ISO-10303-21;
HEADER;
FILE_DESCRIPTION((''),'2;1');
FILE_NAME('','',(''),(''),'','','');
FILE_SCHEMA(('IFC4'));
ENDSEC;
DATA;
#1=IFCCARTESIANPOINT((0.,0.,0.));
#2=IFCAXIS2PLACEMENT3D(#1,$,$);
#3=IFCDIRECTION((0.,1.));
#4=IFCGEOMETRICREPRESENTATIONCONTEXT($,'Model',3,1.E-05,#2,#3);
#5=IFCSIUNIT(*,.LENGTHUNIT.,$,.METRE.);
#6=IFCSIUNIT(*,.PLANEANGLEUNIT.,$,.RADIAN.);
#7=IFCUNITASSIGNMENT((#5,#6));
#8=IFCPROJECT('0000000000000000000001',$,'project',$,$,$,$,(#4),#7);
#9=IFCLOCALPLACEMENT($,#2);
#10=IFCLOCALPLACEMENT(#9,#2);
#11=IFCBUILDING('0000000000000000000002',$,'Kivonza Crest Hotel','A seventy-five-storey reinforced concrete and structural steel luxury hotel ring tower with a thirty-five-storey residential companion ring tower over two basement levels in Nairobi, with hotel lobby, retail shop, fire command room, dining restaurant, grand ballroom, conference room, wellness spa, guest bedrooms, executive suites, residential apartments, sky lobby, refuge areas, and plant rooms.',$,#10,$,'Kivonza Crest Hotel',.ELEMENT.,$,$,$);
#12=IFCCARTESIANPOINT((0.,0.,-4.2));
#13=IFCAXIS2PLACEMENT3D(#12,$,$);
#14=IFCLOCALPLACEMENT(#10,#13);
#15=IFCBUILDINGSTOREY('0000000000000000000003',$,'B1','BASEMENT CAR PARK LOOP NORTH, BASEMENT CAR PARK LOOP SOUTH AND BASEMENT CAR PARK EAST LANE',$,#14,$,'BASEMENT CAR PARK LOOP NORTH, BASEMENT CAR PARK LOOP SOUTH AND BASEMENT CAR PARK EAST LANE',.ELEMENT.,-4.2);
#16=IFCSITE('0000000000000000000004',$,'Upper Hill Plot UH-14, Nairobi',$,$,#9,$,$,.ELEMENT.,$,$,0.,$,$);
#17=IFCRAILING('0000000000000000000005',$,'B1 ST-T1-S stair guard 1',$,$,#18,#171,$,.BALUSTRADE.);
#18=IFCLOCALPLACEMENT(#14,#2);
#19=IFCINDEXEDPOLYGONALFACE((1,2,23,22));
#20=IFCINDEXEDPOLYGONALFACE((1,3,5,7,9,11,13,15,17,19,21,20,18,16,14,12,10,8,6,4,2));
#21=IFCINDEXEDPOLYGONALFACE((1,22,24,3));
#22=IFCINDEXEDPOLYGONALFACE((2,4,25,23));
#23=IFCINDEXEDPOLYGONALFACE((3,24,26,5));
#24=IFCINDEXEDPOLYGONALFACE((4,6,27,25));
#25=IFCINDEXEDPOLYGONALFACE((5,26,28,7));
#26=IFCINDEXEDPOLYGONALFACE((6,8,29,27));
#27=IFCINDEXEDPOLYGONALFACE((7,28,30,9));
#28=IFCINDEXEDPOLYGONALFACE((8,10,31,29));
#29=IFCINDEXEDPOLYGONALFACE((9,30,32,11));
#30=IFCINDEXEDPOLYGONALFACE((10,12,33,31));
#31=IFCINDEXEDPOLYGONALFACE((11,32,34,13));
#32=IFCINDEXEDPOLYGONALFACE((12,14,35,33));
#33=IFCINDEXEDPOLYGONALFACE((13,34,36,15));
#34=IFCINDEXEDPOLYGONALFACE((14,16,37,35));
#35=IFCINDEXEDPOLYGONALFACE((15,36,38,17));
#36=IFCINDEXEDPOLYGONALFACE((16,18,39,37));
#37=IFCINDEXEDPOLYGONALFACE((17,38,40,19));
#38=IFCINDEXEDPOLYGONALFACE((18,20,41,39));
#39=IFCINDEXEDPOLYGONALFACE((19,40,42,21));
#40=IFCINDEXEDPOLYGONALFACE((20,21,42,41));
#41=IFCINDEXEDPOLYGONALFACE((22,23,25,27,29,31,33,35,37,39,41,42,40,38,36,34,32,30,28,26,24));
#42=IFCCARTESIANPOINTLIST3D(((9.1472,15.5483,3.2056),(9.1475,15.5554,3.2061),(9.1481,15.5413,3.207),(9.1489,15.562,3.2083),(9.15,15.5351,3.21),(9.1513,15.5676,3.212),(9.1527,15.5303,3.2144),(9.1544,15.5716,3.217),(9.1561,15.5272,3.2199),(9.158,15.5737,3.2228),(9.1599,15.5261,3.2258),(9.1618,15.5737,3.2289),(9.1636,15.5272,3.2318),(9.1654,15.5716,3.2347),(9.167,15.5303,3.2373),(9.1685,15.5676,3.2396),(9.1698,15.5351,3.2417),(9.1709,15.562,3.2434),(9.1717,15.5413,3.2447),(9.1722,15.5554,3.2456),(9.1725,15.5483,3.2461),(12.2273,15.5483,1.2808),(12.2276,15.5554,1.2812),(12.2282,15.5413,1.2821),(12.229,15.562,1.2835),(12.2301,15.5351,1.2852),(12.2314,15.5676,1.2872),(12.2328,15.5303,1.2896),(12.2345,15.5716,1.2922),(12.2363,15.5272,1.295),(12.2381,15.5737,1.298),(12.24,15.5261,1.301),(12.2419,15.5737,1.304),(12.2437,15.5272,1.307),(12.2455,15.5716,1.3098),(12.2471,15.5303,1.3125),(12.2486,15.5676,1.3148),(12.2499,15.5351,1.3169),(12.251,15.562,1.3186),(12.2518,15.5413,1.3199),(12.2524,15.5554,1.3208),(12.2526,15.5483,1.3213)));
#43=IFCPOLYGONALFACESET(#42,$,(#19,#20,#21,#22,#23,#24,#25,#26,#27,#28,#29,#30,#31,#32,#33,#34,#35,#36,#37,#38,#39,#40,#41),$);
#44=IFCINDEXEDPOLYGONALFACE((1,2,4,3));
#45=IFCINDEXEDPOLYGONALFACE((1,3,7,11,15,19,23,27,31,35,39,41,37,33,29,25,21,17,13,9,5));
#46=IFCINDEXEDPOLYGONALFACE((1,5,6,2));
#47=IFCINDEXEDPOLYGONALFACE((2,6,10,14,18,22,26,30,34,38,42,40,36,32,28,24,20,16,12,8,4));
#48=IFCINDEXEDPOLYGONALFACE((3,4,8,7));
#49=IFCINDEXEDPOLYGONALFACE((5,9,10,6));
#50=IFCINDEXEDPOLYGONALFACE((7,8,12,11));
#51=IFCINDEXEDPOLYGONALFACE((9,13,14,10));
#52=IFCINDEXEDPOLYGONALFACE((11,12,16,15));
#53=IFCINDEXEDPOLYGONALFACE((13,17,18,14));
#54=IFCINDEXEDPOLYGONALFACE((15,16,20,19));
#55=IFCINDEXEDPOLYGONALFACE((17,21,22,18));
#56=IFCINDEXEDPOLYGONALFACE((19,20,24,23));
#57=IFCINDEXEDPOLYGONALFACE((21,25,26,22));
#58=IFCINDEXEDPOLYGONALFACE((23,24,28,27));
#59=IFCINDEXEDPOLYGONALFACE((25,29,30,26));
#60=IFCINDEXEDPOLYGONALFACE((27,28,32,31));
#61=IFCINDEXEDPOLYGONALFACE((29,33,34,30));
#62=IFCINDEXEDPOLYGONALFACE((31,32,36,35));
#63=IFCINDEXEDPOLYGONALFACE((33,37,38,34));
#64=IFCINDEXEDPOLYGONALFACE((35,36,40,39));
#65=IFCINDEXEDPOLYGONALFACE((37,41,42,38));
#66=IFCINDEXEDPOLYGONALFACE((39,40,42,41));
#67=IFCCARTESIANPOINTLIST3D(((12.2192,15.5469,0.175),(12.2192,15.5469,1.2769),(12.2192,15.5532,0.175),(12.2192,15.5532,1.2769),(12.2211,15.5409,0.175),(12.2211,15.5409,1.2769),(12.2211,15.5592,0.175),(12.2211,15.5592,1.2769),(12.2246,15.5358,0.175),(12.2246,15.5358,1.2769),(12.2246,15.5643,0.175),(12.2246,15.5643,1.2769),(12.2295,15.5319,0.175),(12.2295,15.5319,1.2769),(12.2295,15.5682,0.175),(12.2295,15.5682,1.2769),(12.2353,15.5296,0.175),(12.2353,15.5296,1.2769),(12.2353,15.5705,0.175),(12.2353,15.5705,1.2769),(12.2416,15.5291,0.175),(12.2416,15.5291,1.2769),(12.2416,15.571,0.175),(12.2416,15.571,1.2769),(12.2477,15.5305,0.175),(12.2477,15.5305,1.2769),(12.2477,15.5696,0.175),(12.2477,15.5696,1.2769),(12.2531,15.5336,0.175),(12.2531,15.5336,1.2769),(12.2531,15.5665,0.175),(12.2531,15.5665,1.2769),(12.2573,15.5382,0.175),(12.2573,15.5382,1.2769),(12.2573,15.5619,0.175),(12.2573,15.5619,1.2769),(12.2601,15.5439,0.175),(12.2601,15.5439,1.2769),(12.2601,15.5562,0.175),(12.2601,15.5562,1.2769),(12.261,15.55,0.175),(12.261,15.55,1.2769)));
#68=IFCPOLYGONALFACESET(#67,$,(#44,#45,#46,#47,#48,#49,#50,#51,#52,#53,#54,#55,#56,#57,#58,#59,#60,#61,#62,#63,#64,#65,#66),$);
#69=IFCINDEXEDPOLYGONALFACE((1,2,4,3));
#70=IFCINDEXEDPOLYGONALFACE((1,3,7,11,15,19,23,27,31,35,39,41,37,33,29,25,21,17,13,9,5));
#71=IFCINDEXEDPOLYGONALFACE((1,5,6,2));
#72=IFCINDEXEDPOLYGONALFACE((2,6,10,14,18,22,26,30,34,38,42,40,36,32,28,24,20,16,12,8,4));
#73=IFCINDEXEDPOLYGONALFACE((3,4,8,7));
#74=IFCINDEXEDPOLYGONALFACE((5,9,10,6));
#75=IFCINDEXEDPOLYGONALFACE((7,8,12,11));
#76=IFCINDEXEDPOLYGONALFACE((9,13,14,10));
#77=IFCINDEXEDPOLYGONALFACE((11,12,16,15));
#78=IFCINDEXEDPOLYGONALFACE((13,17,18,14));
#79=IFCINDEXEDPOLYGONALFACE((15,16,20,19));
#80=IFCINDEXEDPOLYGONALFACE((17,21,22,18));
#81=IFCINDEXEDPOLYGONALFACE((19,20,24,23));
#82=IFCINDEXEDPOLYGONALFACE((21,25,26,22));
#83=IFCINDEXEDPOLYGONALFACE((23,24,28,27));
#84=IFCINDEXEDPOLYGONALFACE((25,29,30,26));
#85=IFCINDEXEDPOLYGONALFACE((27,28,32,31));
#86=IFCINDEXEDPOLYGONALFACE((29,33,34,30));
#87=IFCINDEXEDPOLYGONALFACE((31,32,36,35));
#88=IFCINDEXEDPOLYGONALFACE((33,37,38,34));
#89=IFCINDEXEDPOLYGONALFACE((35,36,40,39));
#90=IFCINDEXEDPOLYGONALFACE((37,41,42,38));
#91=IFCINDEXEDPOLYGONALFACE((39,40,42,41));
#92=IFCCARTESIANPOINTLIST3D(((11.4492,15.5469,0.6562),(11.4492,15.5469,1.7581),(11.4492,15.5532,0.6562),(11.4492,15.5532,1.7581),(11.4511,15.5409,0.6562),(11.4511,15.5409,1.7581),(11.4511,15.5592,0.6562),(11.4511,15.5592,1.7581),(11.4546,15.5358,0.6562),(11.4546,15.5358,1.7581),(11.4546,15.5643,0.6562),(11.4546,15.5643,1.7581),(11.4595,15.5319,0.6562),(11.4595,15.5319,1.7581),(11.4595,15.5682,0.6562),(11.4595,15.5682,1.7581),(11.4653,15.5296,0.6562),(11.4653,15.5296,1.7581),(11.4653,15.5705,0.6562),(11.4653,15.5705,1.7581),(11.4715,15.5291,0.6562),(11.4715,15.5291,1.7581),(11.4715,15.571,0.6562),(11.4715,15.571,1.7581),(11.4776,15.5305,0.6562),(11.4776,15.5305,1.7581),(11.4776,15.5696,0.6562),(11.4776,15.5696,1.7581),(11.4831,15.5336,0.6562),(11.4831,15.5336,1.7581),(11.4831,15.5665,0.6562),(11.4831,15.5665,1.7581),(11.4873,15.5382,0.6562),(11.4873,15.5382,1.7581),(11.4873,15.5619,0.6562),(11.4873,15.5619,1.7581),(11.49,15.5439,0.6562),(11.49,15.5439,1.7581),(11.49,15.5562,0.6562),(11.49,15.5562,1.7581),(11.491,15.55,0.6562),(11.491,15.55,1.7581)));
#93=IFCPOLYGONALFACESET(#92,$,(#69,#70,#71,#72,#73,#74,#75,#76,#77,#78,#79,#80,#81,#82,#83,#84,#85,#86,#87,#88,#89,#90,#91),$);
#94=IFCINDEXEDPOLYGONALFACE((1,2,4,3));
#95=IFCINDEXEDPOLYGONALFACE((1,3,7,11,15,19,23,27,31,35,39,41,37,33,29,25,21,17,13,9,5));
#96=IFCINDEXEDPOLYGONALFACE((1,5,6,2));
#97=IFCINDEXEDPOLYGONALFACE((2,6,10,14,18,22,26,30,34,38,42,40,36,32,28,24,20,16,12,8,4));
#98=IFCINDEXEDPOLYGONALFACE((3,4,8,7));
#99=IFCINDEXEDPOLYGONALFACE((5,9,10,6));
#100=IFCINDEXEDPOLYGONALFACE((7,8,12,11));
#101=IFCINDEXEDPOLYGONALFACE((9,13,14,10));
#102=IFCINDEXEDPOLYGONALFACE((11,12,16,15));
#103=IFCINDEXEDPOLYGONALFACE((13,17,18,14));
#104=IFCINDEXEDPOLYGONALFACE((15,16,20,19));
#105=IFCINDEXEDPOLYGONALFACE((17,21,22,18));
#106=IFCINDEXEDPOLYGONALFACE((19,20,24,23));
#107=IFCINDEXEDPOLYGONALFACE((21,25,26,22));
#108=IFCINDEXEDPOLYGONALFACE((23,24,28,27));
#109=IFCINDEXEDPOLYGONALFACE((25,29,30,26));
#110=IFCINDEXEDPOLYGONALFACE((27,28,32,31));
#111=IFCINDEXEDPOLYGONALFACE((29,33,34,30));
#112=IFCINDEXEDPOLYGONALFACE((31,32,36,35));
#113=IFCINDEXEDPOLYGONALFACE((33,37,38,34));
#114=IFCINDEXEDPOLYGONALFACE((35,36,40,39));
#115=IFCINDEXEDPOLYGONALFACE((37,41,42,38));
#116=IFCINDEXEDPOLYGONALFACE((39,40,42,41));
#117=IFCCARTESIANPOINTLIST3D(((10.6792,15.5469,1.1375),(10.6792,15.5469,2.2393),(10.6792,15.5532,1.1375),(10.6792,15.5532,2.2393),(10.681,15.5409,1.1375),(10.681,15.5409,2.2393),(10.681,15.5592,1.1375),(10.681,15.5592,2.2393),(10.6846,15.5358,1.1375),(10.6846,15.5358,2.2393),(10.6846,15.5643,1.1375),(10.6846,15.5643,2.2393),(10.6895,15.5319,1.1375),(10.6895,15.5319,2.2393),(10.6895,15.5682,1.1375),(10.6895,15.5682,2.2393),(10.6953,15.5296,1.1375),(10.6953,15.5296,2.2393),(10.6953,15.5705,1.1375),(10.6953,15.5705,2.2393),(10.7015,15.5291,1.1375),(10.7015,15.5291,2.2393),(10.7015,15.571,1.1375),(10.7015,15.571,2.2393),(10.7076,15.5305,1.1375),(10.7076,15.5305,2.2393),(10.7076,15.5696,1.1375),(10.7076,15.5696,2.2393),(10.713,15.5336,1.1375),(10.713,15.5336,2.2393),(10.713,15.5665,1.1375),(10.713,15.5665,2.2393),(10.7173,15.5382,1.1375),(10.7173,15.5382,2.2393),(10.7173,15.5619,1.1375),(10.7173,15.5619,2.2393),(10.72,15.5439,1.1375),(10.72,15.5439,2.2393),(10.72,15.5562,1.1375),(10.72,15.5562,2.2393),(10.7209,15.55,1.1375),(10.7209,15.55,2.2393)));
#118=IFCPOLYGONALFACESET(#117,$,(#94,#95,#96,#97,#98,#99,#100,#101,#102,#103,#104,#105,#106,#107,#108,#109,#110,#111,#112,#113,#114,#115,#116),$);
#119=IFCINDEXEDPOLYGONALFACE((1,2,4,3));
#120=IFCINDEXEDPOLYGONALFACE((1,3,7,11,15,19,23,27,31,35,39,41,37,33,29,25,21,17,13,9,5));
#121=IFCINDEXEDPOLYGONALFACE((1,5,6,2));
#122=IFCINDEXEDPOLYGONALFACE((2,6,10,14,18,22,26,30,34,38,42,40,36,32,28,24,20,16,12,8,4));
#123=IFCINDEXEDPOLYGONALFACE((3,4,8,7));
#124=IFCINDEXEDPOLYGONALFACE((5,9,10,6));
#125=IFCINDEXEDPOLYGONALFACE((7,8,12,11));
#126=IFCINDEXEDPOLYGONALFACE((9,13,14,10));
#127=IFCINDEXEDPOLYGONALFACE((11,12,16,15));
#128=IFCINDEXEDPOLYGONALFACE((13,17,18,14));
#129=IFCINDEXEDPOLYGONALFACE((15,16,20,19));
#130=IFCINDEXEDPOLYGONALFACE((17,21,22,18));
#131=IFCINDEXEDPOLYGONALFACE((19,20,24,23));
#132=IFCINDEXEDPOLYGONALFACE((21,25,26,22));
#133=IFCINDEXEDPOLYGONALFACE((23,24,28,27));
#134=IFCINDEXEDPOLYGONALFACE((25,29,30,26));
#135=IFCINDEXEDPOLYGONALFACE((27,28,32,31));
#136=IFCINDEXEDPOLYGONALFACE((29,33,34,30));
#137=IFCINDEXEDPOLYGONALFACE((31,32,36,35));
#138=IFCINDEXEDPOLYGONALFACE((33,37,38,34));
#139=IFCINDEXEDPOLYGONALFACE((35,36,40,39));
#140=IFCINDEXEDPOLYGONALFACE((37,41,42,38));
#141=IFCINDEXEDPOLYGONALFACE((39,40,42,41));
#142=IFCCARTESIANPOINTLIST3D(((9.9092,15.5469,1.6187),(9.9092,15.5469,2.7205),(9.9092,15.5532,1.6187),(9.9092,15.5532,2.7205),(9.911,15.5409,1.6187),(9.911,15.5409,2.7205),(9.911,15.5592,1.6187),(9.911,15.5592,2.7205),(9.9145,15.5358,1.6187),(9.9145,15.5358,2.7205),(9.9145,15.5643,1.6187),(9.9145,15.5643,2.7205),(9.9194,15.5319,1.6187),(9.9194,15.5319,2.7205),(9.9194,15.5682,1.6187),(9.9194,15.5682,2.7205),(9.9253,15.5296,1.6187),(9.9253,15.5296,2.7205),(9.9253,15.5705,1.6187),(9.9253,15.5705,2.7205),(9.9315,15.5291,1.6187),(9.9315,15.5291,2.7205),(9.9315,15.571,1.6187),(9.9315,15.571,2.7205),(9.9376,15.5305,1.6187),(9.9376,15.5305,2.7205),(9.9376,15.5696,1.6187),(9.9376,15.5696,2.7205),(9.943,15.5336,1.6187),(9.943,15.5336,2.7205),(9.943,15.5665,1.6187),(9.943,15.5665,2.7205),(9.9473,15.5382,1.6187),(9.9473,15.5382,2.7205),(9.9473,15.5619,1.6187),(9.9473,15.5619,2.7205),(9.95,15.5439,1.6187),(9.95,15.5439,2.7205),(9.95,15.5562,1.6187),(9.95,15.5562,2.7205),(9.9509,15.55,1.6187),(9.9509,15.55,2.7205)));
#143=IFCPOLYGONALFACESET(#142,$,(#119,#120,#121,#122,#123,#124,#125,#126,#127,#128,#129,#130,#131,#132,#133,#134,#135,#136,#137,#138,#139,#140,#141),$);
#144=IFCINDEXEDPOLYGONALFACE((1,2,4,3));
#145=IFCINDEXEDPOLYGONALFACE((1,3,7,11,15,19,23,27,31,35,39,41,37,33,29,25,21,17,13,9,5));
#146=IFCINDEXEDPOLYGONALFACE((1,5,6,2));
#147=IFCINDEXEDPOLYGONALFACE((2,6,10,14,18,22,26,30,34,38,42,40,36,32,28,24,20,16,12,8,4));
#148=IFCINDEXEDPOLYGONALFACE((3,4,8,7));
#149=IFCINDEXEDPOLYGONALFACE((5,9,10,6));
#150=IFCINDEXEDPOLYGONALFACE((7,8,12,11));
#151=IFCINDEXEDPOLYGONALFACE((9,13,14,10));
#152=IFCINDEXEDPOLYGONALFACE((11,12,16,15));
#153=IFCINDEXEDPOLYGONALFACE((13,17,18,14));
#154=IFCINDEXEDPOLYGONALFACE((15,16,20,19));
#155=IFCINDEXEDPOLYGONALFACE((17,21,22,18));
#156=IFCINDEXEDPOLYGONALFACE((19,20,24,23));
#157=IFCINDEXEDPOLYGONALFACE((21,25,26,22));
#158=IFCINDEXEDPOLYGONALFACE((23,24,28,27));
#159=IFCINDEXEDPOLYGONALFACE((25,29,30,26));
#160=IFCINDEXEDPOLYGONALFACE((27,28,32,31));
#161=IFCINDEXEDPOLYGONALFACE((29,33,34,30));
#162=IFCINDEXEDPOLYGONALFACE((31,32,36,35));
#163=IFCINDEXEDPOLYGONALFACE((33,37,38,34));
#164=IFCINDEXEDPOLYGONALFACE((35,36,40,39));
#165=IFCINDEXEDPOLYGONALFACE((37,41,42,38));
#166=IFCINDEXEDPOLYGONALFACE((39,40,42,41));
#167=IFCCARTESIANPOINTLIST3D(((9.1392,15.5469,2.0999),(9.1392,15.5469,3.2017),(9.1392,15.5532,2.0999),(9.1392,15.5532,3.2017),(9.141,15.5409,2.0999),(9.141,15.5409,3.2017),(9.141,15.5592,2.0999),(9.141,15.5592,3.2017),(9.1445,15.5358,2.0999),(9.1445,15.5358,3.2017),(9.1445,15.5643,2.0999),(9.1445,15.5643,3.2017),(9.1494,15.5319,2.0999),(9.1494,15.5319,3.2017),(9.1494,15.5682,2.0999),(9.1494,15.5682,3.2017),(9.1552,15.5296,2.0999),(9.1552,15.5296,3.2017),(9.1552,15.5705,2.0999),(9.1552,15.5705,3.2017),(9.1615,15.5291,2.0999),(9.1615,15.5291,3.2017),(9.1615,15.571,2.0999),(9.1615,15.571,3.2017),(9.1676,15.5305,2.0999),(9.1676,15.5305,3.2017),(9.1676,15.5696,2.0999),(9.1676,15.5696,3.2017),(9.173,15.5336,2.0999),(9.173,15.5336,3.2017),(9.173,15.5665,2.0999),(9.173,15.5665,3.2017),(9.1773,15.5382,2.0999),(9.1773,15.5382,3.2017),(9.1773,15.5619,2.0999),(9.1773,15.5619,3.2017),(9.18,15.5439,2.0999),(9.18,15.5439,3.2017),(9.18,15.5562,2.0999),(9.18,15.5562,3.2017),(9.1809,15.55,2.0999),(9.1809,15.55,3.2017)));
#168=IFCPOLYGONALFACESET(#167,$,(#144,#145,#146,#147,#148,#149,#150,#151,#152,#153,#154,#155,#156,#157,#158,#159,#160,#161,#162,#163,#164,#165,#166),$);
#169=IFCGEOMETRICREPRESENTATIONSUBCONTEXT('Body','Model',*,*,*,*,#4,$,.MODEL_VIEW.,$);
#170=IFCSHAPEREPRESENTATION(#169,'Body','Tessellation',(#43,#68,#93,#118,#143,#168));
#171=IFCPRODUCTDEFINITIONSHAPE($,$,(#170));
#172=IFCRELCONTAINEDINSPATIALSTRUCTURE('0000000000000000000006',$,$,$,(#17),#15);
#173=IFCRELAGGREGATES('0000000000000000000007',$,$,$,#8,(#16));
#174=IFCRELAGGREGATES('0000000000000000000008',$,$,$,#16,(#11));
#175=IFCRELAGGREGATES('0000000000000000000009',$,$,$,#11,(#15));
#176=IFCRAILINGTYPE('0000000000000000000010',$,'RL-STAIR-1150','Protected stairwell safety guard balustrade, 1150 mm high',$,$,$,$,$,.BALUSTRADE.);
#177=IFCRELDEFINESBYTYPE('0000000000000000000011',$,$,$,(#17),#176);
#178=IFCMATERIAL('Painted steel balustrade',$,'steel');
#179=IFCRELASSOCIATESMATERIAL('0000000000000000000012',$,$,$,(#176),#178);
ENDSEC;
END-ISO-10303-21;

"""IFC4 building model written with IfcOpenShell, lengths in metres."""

from ifc_helpers import new_model, si_unit, direction, frame, origin, origin_2d, place, context, subcontext, project, spatial, circle, extrude, material, type_object, element, save


model = new_model("IFC4")

# Units and contexts
model_context = context("Model", 3, precision=1e-05, world=origin(), true_north=direction((0.0, 1.0)))
body_context = subcontext(model_context, "Body", "Model", "MODEL_VIEW")
ifc_project = project(units=[si_unit("LENGTHUNIT", "METRE"), si_unit("PLANEANGLEUNIT", "RADIAN")], contexts=[model_context])

# Site, building, storey
site_placement = place(None, origin())
site = spatial("IfcSite", under=ifc_project, at=site_placement, Name="Upper Hill Plot UH-14, Nairobi", CompositionType="ELEMENT", RefElevation=0.0)
building_placement = place(site_placement, origin())
building = spatial("IfcBuilding", under=site, at=building_placement, Name="Kivonza Crest Hotel", Description="A seventy-five-storey reinforced concrete and structural steel luxury hotel ring tower with a thirty-five-storey residential companion ring tower over two basement levels in Nairobi, with hotel lobby, retail shop, fire command room, dining restaurant, grand ballroom, conference room, wellness spa, guest bedrooms, executive suites, residential apartments, sky lobby, refuge areas, and plant rooms.", LongName="Kivonza Crest Hotel", CompositionType="ELEMENT")
storey_placement = place(building_placement, frame((0.0, 0.0, -4.2)))
storey = spatial("IfcBuildingStorey", under=building, at=storey_placement, Name="B1", Description="BASEMENT CAR PARK LOOP NORTH, BASEMENT CAR PARK LOOP SOUTH AND BASEMENT CAR PARK EAST LANE", LongName="BASEMENT CAR PARK LOOP NORTH, BASEMENT CAR PARK LOOP SOUTH AND BASEMENT CAR PARK EAST LANE", CompositionType="ELEMENT", Elevation=-4.2)

# Railing
ifc_material_1 = material(Name="Painted steel balustrade", Category="steel")
railing_type_1 = type_object("IfcRailingType", Name="RL-STAIR-1150", Description="Protected stairwell safety guard balustrade, 1150 mm high", PredefinedType="BALUSTRADE", material=ifc_material_1)
railing_1_placement = place(storey_placement, frame((12.24, 15.55, 0.175)))
element("IfcRailing", 1, at=railing_1_placement, inside=storey, type_object=railing_type_1, Name="B1 ST-T1-S stair guard 1", PredefinedType="BALUSTRADE", context=body_context, shape_type="SweptSolid", body=[
    extrude(circle(Radius=0.0239, at=origin_2d()), frame((0.0, 0.0, 1.126), z_axis=(-0.848029, 0.0, 0.529951), x_axis=(0.0, -1.0, 0.0)), (0.0, 0.0, 1.0), 3.6321),
    extrude(circle(Radius=0.021, at=origin_2d()), origin(), (0.0, 0.0, 1.0), 1.1018),
    extrude(circle(Radius=0.021, at=origin_2d()), frame((-0.77, 0.0, 0.4812)), (0.0, 0.0, 1.0), 1.1018),
    extrude(circle(Radius=0.021, at=origin_2d()), frame((-1.54, 0.0, 0.9624)), (0.0, 0.0, 1.0), 1.1018),
    extrude(circle(Radius=0.021, at=origin_2d()), frame((-2.3101, 0.0, 1.4436)), (0.0, 0.0, 1.0), 1.1018),
    extrude(circle(Radius=0.021, at=origin_2d()), frame((-3.0801, 0.0, 1.9248)), (0.0, 0.0, 1.0), 1.1018),
])

save(model, "model.ifc")
